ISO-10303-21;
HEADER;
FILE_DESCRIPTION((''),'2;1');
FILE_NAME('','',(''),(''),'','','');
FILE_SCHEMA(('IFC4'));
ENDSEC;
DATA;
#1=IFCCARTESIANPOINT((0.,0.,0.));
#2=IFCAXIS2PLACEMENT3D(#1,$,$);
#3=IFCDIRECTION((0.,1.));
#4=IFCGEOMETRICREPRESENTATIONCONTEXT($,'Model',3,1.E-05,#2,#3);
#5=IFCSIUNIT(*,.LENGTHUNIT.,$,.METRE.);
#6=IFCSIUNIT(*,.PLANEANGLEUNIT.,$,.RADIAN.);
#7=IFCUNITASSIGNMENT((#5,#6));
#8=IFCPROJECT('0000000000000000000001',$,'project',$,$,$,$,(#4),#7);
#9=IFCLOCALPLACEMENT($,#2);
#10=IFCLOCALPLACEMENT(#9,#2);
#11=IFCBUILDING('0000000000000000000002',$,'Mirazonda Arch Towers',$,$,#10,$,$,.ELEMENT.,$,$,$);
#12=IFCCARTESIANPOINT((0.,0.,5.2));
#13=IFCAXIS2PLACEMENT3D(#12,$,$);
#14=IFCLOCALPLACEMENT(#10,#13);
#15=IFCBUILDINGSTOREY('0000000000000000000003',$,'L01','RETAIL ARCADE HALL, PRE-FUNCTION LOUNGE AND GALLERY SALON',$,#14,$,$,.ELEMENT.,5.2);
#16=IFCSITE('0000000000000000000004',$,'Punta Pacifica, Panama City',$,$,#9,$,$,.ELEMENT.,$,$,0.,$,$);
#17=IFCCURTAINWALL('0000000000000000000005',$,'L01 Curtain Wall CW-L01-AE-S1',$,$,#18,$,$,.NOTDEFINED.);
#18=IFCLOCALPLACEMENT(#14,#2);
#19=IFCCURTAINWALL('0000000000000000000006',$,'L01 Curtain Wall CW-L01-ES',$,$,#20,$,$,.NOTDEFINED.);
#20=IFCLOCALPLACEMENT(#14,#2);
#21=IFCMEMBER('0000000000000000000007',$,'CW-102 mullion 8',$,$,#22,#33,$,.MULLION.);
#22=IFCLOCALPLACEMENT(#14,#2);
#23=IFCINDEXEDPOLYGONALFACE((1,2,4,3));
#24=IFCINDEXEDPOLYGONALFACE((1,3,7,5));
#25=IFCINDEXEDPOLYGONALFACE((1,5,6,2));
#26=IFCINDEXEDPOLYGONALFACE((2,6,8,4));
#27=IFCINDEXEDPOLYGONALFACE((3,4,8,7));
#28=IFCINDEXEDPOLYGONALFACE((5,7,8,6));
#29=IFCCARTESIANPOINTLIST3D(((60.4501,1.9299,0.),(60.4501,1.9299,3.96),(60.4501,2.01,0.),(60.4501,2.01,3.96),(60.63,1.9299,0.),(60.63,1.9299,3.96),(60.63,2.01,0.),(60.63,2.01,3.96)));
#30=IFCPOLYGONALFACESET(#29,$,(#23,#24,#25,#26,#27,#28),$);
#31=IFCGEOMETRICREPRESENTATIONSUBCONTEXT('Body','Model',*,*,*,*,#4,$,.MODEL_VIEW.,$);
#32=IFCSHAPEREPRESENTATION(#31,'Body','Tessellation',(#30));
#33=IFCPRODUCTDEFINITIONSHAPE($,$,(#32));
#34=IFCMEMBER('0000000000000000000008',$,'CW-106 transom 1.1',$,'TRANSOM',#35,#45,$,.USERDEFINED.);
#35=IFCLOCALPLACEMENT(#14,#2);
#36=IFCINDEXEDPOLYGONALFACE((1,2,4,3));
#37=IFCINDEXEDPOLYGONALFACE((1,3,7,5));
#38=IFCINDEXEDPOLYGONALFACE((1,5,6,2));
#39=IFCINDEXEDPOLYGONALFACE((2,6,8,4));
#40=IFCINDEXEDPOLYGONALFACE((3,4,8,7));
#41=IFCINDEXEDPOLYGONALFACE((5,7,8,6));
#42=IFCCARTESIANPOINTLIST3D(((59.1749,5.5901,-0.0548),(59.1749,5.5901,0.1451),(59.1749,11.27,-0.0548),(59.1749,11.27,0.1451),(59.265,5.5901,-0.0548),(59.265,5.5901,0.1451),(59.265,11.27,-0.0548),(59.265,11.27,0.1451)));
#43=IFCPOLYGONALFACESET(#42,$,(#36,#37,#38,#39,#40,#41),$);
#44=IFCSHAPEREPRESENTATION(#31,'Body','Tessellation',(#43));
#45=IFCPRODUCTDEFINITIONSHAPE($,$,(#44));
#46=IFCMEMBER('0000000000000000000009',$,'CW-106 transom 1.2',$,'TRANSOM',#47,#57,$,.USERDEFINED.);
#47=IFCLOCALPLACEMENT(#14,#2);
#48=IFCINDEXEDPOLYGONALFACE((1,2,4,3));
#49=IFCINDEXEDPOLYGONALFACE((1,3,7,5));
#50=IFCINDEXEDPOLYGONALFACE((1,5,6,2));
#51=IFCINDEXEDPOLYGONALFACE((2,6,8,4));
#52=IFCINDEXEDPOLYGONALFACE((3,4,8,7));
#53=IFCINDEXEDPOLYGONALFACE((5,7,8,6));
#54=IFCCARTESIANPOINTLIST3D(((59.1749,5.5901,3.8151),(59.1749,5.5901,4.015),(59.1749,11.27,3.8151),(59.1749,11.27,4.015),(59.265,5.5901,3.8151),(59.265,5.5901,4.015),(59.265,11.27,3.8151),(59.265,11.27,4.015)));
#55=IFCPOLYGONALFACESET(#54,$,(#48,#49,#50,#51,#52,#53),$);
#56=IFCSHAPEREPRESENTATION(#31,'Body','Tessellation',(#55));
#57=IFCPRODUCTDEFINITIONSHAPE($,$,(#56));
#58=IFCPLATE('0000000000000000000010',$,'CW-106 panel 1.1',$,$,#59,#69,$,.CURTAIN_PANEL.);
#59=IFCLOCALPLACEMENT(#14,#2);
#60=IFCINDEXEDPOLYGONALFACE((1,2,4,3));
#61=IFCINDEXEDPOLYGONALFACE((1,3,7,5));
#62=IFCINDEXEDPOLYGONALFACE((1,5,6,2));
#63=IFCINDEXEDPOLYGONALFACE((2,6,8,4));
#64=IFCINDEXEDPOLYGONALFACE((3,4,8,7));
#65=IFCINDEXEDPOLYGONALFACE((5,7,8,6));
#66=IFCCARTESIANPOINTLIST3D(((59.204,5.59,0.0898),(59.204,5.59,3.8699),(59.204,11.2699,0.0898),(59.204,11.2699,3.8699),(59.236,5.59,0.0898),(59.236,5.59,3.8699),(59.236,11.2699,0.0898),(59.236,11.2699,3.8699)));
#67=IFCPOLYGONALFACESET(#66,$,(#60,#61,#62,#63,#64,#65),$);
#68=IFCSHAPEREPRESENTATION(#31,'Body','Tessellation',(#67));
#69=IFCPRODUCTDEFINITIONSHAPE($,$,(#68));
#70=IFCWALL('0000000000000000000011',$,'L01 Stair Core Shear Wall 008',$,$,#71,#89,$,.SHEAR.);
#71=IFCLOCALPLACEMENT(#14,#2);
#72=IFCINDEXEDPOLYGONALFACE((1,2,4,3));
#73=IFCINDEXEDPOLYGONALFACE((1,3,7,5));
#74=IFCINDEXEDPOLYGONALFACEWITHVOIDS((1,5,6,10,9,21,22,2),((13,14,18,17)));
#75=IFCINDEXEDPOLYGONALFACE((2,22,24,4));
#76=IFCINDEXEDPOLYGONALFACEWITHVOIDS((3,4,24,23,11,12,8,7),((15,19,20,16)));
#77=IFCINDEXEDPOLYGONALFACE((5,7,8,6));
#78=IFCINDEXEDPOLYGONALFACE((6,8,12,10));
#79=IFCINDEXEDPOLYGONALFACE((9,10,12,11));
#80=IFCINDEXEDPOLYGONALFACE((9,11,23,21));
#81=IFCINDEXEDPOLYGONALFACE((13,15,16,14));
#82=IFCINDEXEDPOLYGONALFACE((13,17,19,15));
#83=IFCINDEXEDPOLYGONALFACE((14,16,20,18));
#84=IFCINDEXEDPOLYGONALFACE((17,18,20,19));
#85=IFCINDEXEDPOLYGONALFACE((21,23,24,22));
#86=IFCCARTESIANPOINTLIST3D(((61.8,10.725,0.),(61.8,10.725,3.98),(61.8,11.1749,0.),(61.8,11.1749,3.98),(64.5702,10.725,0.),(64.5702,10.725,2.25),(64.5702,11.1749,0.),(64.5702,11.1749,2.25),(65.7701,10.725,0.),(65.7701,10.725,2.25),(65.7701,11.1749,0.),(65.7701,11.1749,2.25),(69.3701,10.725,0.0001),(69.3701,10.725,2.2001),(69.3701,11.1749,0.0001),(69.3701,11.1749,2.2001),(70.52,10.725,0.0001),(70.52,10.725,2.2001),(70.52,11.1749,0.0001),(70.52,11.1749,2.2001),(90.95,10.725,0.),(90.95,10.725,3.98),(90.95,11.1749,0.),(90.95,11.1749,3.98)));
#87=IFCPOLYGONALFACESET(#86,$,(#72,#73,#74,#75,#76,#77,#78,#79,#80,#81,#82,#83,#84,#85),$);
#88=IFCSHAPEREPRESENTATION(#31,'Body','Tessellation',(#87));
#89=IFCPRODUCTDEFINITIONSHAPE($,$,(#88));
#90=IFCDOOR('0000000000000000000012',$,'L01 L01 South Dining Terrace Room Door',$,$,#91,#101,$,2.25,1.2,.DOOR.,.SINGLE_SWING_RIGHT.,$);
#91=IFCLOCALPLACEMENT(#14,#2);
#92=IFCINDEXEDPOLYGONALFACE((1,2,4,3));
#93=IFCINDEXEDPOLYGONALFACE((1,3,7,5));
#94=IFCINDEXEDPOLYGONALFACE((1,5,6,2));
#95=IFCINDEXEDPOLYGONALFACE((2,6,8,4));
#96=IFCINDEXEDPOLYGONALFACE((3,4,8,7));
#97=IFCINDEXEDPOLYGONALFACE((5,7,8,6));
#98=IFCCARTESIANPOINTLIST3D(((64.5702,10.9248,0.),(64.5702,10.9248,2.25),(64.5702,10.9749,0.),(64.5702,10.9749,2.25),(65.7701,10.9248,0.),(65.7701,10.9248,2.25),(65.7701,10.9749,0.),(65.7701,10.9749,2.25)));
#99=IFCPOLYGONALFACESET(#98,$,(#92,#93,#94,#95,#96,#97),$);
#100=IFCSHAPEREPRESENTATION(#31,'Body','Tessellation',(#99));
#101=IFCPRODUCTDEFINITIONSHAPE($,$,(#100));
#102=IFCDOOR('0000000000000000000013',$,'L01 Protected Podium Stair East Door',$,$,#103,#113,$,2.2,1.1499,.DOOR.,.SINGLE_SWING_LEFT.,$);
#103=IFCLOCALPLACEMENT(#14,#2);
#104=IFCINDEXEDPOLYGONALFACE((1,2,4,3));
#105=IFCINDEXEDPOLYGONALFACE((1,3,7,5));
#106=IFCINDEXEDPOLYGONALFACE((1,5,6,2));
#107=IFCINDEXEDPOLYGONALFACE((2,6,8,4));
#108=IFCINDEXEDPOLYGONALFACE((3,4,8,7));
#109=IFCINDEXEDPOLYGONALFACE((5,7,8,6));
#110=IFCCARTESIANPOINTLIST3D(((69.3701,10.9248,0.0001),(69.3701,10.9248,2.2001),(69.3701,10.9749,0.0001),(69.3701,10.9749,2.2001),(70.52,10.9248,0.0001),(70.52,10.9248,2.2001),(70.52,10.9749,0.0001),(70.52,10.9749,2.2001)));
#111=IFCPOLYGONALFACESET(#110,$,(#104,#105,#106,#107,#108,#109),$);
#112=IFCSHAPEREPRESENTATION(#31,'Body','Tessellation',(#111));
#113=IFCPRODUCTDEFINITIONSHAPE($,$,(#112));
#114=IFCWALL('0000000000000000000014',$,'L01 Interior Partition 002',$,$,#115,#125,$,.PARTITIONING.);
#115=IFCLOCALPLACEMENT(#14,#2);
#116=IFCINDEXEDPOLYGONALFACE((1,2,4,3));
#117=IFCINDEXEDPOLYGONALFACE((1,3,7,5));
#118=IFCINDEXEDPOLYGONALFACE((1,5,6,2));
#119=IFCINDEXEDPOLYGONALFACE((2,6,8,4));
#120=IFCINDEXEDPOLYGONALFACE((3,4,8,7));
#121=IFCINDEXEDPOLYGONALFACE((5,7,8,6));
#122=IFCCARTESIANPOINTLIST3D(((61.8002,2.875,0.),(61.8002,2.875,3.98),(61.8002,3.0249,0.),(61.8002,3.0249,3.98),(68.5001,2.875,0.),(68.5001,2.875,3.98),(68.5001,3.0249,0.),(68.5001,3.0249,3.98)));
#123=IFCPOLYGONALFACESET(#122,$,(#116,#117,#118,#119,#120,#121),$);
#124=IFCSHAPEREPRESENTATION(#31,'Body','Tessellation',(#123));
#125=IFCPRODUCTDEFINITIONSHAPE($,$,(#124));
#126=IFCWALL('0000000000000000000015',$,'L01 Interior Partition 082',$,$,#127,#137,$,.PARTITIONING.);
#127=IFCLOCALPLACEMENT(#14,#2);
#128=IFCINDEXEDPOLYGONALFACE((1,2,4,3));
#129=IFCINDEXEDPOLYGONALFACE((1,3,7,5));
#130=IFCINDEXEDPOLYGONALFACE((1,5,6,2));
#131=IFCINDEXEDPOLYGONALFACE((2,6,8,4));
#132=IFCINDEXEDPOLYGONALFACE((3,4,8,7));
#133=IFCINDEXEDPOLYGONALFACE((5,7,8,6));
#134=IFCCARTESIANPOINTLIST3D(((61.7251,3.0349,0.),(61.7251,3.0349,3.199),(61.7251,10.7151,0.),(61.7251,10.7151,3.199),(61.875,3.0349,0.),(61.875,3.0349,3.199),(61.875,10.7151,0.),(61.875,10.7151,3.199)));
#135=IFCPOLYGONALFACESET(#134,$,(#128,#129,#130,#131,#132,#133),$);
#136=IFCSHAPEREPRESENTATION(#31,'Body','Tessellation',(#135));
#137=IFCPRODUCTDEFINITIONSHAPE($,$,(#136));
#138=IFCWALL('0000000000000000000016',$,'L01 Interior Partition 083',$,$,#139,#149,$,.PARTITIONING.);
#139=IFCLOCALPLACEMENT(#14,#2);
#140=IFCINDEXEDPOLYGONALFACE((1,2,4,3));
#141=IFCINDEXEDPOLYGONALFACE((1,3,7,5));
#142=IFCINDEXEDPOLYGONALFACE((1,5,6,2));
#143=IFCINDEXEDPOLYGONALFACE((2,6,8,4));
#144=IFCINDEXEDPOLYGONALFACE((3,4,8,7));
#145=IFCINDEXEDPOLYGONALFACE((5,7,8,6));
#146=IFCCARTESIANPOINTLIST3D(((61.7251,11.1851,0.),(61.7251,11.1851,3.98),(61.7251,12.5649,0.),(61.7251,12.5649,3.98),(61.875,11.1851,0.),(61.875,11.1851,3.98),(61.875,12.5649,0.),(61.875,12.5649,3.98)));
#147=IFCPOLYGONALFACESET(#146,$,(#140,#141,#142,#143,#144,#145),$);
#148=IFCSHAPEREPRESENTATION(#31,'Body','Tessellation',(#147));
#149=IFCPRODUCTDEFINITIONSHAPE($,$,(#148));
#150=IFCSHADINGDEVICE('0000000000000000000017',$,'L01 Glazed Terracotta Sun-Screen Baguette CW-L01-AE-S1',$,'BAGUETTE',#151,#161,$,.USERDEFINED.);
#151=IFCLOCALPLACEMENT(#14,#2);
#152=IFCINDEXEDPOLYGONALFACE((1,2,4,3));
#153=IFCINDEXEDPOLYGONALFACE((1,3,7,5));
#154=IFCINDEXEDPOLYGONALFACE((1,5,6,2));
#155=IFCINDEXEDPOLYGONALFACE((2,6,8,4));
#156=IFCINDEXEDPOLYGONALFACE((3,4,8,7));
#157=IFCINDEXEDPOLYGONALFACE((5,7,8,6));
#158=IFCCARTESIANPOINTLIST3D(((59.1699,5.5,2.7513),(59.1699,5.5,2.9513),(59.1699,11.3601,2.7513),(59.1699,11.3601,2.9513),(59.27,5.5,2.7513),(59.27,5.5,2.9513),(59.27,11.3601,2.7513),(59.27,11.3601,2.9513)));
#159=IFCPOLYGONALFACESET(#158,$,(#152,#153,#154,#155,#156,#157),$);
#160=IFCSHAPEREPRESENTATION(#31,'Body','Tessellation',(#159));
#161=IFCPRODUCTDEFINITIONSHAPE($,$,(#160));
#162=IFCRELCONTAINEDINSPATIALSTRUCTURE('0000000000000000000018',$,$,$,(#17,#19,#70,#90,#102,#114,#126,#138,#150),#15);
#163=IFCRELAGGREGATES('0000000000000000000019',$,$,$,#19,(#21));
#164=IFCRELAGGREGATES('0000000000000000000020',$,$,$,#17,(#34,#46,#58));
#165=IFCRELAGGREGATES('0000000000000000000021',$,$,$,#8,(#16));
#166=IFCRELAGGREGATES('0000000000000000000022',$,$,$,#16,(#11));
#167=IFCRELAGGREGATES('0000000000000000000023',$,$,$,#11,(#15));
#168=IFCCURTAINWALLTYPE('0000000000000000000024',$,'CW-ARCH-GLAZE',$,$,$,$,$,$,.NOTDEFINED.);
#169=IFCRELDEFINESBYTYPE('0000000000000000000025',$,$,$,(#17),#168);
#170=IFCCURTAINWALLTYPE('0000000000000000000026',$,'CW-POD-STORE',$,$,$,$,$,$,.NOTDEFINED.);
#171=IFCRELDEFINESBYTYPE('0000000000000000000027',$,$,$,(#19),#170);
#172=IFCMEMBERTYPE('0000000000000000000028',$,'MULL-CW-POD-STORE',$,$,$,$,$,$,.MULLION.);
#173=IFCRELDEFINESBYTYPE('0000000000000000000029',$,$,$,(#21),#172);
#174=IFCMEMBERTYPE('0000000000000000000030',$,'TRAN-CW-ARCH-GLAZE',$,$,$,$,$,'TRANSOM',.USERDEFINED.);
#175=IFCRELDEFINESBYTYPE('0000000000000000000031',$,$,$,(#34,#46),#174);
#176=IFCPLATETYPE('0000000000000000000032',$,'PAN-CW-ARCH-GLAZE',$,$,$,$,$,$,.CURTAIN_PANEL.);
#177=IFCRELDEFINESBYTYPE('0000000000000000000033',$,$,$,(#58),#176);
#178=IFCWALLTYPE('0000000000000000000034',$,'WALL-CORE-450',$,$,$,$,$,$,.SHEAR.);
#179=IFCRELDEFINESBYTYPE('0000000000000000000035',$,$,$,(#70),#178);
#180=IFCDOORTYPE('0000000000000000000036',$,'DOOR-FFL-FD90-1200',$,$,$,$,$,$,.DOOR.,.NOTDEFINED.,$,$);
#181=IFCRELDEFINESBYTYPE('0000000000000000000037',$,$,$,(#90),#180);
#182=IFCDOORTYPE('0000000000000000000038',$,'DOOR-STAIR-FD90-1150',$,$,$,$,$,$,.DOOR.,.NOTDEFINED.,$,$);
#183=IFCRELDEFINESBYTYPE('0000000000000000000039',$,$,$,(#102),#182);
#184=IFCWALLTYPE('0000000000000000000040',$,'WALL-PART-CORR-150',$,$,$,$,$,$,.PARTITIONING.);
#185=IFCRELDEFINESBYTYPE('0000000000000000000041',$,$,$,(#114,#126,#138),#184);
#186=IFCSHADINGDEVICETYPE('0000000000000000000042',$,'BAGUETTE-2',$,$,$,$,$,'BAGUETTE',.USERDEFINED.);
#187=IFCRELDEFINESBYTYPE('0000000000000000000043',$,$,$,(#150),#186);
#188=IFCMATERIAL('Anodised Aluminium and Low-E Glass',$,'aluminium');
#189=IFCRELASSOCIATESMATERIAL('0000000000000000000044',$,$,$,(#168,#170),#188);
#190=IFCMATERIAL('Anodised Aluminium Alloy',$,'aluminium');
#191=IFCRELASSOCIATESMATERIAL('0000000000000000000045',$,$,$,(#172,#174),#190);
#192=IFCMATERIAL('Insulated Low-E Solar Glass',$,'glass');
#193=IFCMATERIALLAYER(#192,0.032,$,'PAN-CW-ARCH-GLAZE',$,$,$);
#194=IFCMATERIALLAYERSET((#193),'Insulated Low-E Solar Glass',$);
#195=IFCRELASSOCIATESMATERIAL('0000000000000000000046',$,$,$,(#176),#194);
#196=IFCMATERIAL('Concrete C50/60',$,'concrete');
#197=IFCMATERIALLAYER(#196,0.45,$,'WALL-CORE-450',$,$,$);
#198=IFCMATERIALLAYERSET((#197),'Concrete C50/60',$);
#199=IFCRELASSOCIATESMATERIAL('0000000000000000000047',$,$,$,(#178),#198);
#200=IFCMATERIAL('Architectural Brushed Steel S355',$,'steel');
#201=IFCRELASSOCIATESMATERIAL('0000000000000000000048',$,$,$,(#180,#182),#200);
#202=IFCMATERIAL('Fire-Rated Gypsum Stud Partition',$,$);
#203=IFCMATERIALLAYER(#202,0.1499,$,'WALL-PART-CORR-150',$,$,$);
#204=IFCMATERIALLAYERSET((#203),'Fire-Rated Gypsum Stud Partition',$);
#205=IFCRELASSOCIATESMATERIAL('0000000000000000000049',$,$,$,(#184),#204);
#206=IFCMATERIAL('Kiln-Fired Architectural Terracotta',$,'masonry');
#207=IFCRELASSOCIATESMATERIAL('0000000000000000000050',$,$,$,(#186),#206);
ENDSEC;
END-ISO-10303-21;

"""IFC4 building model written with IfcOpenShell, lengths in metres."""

from ifc_helpers import new_model, si_unit, direction, frame, frame_2d, origin, origin_2d, place, context, subcontext, project, spatial, rectangle, extrude, material, layer, layer_set, material_profile, profile_set, type_object, element, fill, aggregate, save


model = new_model("IFC4")

# Units and contexts
model_context = context("Model", 3, precision=1e-05, world=origin(), true_north=direction((0.0, 1.0)))
body_context = subcontext(model_context, "Body", "Model", "MODEL_VIEW")
ifc_project = project(units=[si_unit("LENGTHUNIT", "METRE"), si_unit("PLANEANGLEUNIT", "RADIAN")], contexts=[model_context])

# Site, building, storey
site_placement = place(None, origin())
site = spatial("IfcSite", under=ifc_project, at=site_placement, Name="Punta Pacifica, Panama City", CompositionType="ELEMENT", RefElevation=0.0)
building_placement = place(site_placement, origin())
building = spatial("IfcBuilding", under=site, at=building_placement, Name="Mirazonda Arch Towers", CompositionType="ELEMENT")
storey_placement = place(building_placement, frame((0.0, 0.0, 5.2)))
storey = spatial("IfcBuildingStorey", under=building, at=storey_placement, Name="L01", Description="RETAIL ARCADE HALL, PRE-FUNCTION LOUNGE AND GALLERY SALON", CompositionType="ELEMENT", Elevation=5.2)

# Shared definitions
ifc_material_1 = material(Name="Concrete C50/60", Category="concrete")

# Curtain wall
ifc_material_2 = material(Name="Anodised Aluminium and Low-E Glass", Category="aluminium")
curtain_wall_type_1 = type_object("IfcCurtainWallType", Name="CW-ARCH-GLAZE", PredefinedType="NOTDEFINED", material=ifc_material_2)
curtain_wall_1_placement = place(storey_placement, origin())
curtain_wall_1 = element("IfcCurtainWall", 1, at=curtain_wall_1_placement, inside=storey, type_object=curtain_wall_type_1, Name="L01 Curtain Wall CW-L01-AE-S1", PredefinedType="NOTDEFINED")
ifc_material_3 = material(Name="Anodised Aluminium Alloy", Category="aluminium")

# Curtain wall, member
curtain_wall_type_2 = type_object("IfcCurtainWallType", Name="CW-POD-STORE", PredefinedType="NOTDEFINED", material=ifc_material_2)
curtain_wall_2_placement = place(storey_placement, origin())
curtain_wall_2 = element("IfcCurtainWall", 2, at=curtain_wall_2_placement, inside=storey, type_object=curtain_wall_type_2, Name="L01 Curtain Wall CW-L01-ES", PredefinedType="NOTDEFINED")
ifc_material_profile_1 = material_profile(ifc_material_3, rectangle(XDim=0.0801, YDim=0.1799, at=origin_2d()), Name="ALU-MULL-80x180")
ifc_profile_set_1 = profile_set([ifc_material_profile_1], Name="Anodised Aluminium Alloy")
member_type_1 = type_object("IfcMemberType", Name="MULL-CW-POD-STORE", PredefinedType="MULLION", material=ifc_profile_set_1)
member_1_placement = place(storey_placement, frame((60.54, 1.97, 0.0), z_axis=(0.0, 0.0, 1.0), x_axis=(0.0, -1.0, 0.0)))
member_1 = element("IfcMember", 3, at=member_1_placement, type_object=member_type_1, Name="CW-102 mullion 8", PredefinedType="MULLION", context=body_context, shape_type="SweptSolid", body=[
    extrude(rectangle(XDim=0.0801, YDim=0.1799, at=origin_2d()), origin(), (0.0, 0.0, 1.0), 3.96),
])
aggregate(curtain_wall_2, [member_1])

# Members
ifc_material_profile_2 = material_profile(ifc_material_3, rectangle(XDim=0.0901, YDim=0.2, at=origin_2d()), Name="ALU-TRAN-90x200")
ifc_profile_set_2 = profile_set([ifc_material_profile_2], Name="Anodised Aluminium Alloy")
member_type_2 = type_object("IfcMemberType", Name="TRAN-CW-ARCH-GLAZE", ElementType="TRANSOM", PredefinedType="USERDEFINED", material=ifc_profile_set_2)
member_2_placement = place(storey_placement, frame((59.22, 5.5901, 0.0452), z_axis=(0.0, 1.0, 0.0), x_axis=(-1.0, 0.0, 0.0)))
member_2 = element("IfcMember", 4, at=member_2_placement, type_object=member_type_2, Name="CW-106 transom 1.1", ObjectType="TRANSOM", PredefinedType="USERDEFINED", context=body_context, shape_type="SweptSolid", body=[
    extrude(rectangle(XDim=0.0901, YDim=0.2, at=origin_2d()), origin(), (0.0, 0.0, 1.0), 5.6799),
])
member_3_placement = place(storey_placement, frame((59.22, 5.5901, 3.915), z_axis=(0.0, 1.0, 0.0), x_axis=(-1.0, 0.0, 0.0)))
member_3 = element("IfcMember", 5, at=member_3_placement, type_object=member_type_2, Name="CW-106 transom 1.2", ObjectType="TRANSOM", PredefinedType="USERDEFINED", context=body_context, shape_type="SweptSolid", body=[
    extrude(rectangle(XDim=0.0901, YDim=0.2, at=origin_2d()), origin(), (0.0, 0.0, 1.0), 5.6799),
])

# Plate
ifc_material_4 = material(Name="Insulated Low-E Solar Glass", Category="glass")
ifc_layer_1 = layer(ifc_material_4, 0.032, Name="PAN-CW-ARCH-GLAZE")
ifc_layer_set_1 = layer_set([ifc_layer_1], Name="Insulated Low-E Solar Glass")
plate_type = type_object("IfcPlateType", Name="PAN-CW-ARCH-GLAZE", PredefinedType="CURTAIN_PANEL", material=ifc_layer_set_1)
plate_placement = place(storey_placement, frame((59.22, 8.4299, 0.0898), z_axis=(0.0, 0.0, 1.0), x_axis=(0.0, 1.0, 0.0)))
plate = element("IfcPlate", 6, at=plate_placement, type_object=plate_type, Name="CW-106 panel 1.1", PredefinedType="CURTAIN_PANEL", context=body_context, shape_type="SweptSolid", body=[
    extrude(rectangle(XDim=5.6799, YDim=0.032, at=origin_2d()), origin(), (0.0, 0.0, 1.0), 3.78),
])
aggregate(curtain_wall_1, [member_2, member_3, plate])

# Wall, openings, doors
ifc_layer_2 = layer(ifc_material_1, 0.45, Name="WALL-CORE-450")
ifc_layer_set_2 = layer_set([ifc_layer_2], Name="Concrete C50/60")
wall_type_1 = type_object("IfcWallType", Name="WALL-CORE-450", PredefinedType="SHEAR", material=ifc_layer_set_2)
wall_1_placement = place(storey_placement, frame((61.8, 10.95, 0.0), z_axis=(0.0, 0.0, 1.0), x_axis=(1.0, 0.0, 0.0)))
wall_1 = element("IfcWall", 7, at=wall_1_placement, inside=storey, type_object=wall_type_1, Name="L01 Stair Core Shear Wall 008", PredefinedType="SHEAR", context=body_context, shape_type="SweptSolid", body=[
    extrude(rectangle(XDim=29.1499, YDim=0.45, at=frame_2d((14.575, 0.0))), origin(), (0.0, 0.0, 1.0), 3.98),
])
opening_1_placement = place(wall_1_placement, frame((7.5701, 0.0, 0.0)))
opening_1 = element("IfcOpeningElement", 8, at=opening_1_placement, cuts=wall_1, PredefinedType="OPENING", context=body_context, shape_type="SweptSolid", body=[
    extrude(rectangle(XDim=1.1499, YDim=2.2, at=frame_2d((0.575, 1.1001))), frame((0.0, 0.2349, 0.0), z_axis=(0.0, -1.0, 0.0), x_axis=(1.0, 0.0, 0.0)), (0.0, 0.0, 1.0), 0.47),
])
opening_2_placement = place(wall_1_placement, frame((2.77, 0.0, 0.0)))
opening_2 = element("IfcOpeningElement", 9, at=opening_2_placement, cuts=wall_1, PredefinedType="OPENING", context=body_context, shape_type="SweptSolid", body=[
    extrude(rectangle(XDim=1.2, YDim=2.25, at=frame_2d((0.6001, 1.125))), frame((0.0, 0.2349, 0.0), z_axis=(0.0, -1.0, 0.0), x_axis=(1.0, 0.0, 0.0)), (0.0, 0.0, 1.0), 0.47),
])
ifc_material_5 = material(Name="Architectural Brushed Steel S355", Category="steel")
door_type_1 = type_object("IfcDoorType", Name="DOOR-FFL-FD90-1200", OperationType="NOTDEFINED", PredefinedType="DOOR", material=ifc_material_5)
door_1_placement = place(opening_2_placement, origin())
door_1 = element("IfcDoor", 10, at=door_1_placement, inside=storey, type_object=door_type_1, Name="L01 L01 South Dining Terrace Room Door", OperationType="SINGLE_SWING_RIGHT", OverallHeight=2.25, OverallWidth=1.2, PredefinedType="DOOR", context=body_context, shape_type="SweptSolid", body=[
    extrude(rectangle(XDim=1.2, YDim=2.25, at=frame_2d((0.6001, 1.125))), frame((0.0, 0.0249, 0.0), z_axis=(0.0, -1.0, 0.0), x_axis=(1.0, 0.0, 0.0)), (0.0, 0.0, 1.0), 0.05),
])
fill(opening_2, door_1)
door_type_2 = type_object("IfcDoorType", Name="DOOR-STAIR-FD90-1150", OperationType="NOTDEFINED", PredefinedType="DOOR", material=ifc_material_5)
door_2_placement = place(opening_1_placement, origin())
door_2 = element("IfcDoor", 11, at=door_2_placement, inside=storey, type_object=door_type_2, Name="L01 Protected Podium Stair East Door", OperationType="SINGLE_SWING_LEFT", OverallHeight=2.2, OverallWidth=1.1499, PredefinedType="DOOR", context=body_context, shape_type="SweptSolid", body=[
    extrude(rectangle(XDim=1.1499, YDim=2.2, at=frame_2d((0.575, 1.1001))), frame((0.0, 0.0249, 0.0), z_axis=(0.0, -1.0, 0.0), x_axis=(1.0, 0.0, 0.0)), (0.0, 0.0, 1.0), 0.05),
])
fill(opening_1, door_2)

# Walls
ifc_material_6 = material(Name="Fire-Rated Gypsum Stud Partition")
ifc_layer_3 = layer(ifc_material_6, 0.1499, Name="WALL-PART-CORR-150")
ifc_layer_set_3 = layer_set([ifc_layer_3], Name="Fire-Rated Gypsum Stud Partition")
wall_type_2 = type_object("IfcWallType", Name="WALL-PART-CORR-150", PredefinedType="PARTITIONING", material=ifc_layer_set_3)
wall_2_placement = place(storey_placement, frame((61.8, 2.95, 0.0), z_axis=(0.0, 0.0, 1.0), x_axis=(1.0, 0.0, 0.0)))
element("IfcWall", 12, at=wall_2_placement, inside=storey, type_object=wall_type_2, Name="L01 Interior Partition 002", PredefinedType="PARTITIONING", context=body_context, shape_type="SweptSolid", body=[
    extrude(rectangle(XDim=6.7, YDim=0.1499, at=frame_2d((3.3501, 0.0))), origin(), (0.0, 0.0, 1.0), 3.98),
])
wall_3_placement = place(storey_placement, frame((61.8, 3.0349, 0.0), z_axis=(0.0, 0.0, 1.0), x_axis=(0.0, 1.0, 0.0)))
element("IfcWall", 13, at=wall_3_placement, inside=storey, type_object=wall_type_2, Name="L01 Interior Partition 082", PredefinedType="PARTITIONING", context=body_context, shape_type="SweptSolid", body=[
    extrude(rectangle(XDim=7.6802, YDim=0.1499, at=frame_2d((3.8401, 0.0))), origin(), (0.0, 0.0, 1.0), 3.199),
])
wall_4_placement = place(storey_placement, frame((61.8, 11.1851, 0.0), z_axis=(0.0, 0.0, 1.0), x_axis=(0.0, 1.0, 0.0)))
element("IfcWall", 14, at=wall_4_placement, inside=storey, type_object=wall_type_2, Name="L01 Interior Partition 083", PredefinedType="PARTITIONING", context=body_context, shape_type="SweptSolid", body=[
    extrude(rectangle(XDim=1.3799, YDim=0.1499, at=frame_2d((0.6899, 0.0))), origin(), (0.0, 0.0, 1.0), 3.98),
])

# Shading device
ifc_material_7 = material(Name="Kiln-Fired Architectural Terracotta", Category="masonry")
ifc_material_profile_3 = material_profile(ifc_material_7, rectangle(XDim=0.1001, YDim=0.2, at=origin_2d()), Name="TERRA-BAG-100x200")
ifc_profile_set_3 = profile_set([ifc_material_profile_3], Name="Kiln-Fired Architectural Terracotta")
shading_device_type = type_object("IfcShadingDeviceType", Name="BAGUETTE-2", ElementType="BAGUETTE", PredefinedType="USERDEFINED", material=ifc_profile_set_3)
shading_device_placement = place(storey_placement, frame((59.22, 5.5, 2.8513), z_axis=(0.0, 1.0, 0.0), x_axis=(-1.0, 0.0, 0.0)))
element("IfcShadingDevice", 15, at=shading_device_placement, inside=storey, type_object=shading_device_type, Name="L01 Glazed Terracotta Sun-Screen Baguette CW-L01-AE-S1", ObjectType="BAGUETTE", PredefinedType="USERDEFINED", context=body_context, shape_type="SweptSolid", body=[
    extrude(rectangle(XDim=0.1001, YDim=0.2, at=origin_2d()), origin(), (0.0, 0.0, 1.0), 5.8601),
])

save(model, "model.ifc")
